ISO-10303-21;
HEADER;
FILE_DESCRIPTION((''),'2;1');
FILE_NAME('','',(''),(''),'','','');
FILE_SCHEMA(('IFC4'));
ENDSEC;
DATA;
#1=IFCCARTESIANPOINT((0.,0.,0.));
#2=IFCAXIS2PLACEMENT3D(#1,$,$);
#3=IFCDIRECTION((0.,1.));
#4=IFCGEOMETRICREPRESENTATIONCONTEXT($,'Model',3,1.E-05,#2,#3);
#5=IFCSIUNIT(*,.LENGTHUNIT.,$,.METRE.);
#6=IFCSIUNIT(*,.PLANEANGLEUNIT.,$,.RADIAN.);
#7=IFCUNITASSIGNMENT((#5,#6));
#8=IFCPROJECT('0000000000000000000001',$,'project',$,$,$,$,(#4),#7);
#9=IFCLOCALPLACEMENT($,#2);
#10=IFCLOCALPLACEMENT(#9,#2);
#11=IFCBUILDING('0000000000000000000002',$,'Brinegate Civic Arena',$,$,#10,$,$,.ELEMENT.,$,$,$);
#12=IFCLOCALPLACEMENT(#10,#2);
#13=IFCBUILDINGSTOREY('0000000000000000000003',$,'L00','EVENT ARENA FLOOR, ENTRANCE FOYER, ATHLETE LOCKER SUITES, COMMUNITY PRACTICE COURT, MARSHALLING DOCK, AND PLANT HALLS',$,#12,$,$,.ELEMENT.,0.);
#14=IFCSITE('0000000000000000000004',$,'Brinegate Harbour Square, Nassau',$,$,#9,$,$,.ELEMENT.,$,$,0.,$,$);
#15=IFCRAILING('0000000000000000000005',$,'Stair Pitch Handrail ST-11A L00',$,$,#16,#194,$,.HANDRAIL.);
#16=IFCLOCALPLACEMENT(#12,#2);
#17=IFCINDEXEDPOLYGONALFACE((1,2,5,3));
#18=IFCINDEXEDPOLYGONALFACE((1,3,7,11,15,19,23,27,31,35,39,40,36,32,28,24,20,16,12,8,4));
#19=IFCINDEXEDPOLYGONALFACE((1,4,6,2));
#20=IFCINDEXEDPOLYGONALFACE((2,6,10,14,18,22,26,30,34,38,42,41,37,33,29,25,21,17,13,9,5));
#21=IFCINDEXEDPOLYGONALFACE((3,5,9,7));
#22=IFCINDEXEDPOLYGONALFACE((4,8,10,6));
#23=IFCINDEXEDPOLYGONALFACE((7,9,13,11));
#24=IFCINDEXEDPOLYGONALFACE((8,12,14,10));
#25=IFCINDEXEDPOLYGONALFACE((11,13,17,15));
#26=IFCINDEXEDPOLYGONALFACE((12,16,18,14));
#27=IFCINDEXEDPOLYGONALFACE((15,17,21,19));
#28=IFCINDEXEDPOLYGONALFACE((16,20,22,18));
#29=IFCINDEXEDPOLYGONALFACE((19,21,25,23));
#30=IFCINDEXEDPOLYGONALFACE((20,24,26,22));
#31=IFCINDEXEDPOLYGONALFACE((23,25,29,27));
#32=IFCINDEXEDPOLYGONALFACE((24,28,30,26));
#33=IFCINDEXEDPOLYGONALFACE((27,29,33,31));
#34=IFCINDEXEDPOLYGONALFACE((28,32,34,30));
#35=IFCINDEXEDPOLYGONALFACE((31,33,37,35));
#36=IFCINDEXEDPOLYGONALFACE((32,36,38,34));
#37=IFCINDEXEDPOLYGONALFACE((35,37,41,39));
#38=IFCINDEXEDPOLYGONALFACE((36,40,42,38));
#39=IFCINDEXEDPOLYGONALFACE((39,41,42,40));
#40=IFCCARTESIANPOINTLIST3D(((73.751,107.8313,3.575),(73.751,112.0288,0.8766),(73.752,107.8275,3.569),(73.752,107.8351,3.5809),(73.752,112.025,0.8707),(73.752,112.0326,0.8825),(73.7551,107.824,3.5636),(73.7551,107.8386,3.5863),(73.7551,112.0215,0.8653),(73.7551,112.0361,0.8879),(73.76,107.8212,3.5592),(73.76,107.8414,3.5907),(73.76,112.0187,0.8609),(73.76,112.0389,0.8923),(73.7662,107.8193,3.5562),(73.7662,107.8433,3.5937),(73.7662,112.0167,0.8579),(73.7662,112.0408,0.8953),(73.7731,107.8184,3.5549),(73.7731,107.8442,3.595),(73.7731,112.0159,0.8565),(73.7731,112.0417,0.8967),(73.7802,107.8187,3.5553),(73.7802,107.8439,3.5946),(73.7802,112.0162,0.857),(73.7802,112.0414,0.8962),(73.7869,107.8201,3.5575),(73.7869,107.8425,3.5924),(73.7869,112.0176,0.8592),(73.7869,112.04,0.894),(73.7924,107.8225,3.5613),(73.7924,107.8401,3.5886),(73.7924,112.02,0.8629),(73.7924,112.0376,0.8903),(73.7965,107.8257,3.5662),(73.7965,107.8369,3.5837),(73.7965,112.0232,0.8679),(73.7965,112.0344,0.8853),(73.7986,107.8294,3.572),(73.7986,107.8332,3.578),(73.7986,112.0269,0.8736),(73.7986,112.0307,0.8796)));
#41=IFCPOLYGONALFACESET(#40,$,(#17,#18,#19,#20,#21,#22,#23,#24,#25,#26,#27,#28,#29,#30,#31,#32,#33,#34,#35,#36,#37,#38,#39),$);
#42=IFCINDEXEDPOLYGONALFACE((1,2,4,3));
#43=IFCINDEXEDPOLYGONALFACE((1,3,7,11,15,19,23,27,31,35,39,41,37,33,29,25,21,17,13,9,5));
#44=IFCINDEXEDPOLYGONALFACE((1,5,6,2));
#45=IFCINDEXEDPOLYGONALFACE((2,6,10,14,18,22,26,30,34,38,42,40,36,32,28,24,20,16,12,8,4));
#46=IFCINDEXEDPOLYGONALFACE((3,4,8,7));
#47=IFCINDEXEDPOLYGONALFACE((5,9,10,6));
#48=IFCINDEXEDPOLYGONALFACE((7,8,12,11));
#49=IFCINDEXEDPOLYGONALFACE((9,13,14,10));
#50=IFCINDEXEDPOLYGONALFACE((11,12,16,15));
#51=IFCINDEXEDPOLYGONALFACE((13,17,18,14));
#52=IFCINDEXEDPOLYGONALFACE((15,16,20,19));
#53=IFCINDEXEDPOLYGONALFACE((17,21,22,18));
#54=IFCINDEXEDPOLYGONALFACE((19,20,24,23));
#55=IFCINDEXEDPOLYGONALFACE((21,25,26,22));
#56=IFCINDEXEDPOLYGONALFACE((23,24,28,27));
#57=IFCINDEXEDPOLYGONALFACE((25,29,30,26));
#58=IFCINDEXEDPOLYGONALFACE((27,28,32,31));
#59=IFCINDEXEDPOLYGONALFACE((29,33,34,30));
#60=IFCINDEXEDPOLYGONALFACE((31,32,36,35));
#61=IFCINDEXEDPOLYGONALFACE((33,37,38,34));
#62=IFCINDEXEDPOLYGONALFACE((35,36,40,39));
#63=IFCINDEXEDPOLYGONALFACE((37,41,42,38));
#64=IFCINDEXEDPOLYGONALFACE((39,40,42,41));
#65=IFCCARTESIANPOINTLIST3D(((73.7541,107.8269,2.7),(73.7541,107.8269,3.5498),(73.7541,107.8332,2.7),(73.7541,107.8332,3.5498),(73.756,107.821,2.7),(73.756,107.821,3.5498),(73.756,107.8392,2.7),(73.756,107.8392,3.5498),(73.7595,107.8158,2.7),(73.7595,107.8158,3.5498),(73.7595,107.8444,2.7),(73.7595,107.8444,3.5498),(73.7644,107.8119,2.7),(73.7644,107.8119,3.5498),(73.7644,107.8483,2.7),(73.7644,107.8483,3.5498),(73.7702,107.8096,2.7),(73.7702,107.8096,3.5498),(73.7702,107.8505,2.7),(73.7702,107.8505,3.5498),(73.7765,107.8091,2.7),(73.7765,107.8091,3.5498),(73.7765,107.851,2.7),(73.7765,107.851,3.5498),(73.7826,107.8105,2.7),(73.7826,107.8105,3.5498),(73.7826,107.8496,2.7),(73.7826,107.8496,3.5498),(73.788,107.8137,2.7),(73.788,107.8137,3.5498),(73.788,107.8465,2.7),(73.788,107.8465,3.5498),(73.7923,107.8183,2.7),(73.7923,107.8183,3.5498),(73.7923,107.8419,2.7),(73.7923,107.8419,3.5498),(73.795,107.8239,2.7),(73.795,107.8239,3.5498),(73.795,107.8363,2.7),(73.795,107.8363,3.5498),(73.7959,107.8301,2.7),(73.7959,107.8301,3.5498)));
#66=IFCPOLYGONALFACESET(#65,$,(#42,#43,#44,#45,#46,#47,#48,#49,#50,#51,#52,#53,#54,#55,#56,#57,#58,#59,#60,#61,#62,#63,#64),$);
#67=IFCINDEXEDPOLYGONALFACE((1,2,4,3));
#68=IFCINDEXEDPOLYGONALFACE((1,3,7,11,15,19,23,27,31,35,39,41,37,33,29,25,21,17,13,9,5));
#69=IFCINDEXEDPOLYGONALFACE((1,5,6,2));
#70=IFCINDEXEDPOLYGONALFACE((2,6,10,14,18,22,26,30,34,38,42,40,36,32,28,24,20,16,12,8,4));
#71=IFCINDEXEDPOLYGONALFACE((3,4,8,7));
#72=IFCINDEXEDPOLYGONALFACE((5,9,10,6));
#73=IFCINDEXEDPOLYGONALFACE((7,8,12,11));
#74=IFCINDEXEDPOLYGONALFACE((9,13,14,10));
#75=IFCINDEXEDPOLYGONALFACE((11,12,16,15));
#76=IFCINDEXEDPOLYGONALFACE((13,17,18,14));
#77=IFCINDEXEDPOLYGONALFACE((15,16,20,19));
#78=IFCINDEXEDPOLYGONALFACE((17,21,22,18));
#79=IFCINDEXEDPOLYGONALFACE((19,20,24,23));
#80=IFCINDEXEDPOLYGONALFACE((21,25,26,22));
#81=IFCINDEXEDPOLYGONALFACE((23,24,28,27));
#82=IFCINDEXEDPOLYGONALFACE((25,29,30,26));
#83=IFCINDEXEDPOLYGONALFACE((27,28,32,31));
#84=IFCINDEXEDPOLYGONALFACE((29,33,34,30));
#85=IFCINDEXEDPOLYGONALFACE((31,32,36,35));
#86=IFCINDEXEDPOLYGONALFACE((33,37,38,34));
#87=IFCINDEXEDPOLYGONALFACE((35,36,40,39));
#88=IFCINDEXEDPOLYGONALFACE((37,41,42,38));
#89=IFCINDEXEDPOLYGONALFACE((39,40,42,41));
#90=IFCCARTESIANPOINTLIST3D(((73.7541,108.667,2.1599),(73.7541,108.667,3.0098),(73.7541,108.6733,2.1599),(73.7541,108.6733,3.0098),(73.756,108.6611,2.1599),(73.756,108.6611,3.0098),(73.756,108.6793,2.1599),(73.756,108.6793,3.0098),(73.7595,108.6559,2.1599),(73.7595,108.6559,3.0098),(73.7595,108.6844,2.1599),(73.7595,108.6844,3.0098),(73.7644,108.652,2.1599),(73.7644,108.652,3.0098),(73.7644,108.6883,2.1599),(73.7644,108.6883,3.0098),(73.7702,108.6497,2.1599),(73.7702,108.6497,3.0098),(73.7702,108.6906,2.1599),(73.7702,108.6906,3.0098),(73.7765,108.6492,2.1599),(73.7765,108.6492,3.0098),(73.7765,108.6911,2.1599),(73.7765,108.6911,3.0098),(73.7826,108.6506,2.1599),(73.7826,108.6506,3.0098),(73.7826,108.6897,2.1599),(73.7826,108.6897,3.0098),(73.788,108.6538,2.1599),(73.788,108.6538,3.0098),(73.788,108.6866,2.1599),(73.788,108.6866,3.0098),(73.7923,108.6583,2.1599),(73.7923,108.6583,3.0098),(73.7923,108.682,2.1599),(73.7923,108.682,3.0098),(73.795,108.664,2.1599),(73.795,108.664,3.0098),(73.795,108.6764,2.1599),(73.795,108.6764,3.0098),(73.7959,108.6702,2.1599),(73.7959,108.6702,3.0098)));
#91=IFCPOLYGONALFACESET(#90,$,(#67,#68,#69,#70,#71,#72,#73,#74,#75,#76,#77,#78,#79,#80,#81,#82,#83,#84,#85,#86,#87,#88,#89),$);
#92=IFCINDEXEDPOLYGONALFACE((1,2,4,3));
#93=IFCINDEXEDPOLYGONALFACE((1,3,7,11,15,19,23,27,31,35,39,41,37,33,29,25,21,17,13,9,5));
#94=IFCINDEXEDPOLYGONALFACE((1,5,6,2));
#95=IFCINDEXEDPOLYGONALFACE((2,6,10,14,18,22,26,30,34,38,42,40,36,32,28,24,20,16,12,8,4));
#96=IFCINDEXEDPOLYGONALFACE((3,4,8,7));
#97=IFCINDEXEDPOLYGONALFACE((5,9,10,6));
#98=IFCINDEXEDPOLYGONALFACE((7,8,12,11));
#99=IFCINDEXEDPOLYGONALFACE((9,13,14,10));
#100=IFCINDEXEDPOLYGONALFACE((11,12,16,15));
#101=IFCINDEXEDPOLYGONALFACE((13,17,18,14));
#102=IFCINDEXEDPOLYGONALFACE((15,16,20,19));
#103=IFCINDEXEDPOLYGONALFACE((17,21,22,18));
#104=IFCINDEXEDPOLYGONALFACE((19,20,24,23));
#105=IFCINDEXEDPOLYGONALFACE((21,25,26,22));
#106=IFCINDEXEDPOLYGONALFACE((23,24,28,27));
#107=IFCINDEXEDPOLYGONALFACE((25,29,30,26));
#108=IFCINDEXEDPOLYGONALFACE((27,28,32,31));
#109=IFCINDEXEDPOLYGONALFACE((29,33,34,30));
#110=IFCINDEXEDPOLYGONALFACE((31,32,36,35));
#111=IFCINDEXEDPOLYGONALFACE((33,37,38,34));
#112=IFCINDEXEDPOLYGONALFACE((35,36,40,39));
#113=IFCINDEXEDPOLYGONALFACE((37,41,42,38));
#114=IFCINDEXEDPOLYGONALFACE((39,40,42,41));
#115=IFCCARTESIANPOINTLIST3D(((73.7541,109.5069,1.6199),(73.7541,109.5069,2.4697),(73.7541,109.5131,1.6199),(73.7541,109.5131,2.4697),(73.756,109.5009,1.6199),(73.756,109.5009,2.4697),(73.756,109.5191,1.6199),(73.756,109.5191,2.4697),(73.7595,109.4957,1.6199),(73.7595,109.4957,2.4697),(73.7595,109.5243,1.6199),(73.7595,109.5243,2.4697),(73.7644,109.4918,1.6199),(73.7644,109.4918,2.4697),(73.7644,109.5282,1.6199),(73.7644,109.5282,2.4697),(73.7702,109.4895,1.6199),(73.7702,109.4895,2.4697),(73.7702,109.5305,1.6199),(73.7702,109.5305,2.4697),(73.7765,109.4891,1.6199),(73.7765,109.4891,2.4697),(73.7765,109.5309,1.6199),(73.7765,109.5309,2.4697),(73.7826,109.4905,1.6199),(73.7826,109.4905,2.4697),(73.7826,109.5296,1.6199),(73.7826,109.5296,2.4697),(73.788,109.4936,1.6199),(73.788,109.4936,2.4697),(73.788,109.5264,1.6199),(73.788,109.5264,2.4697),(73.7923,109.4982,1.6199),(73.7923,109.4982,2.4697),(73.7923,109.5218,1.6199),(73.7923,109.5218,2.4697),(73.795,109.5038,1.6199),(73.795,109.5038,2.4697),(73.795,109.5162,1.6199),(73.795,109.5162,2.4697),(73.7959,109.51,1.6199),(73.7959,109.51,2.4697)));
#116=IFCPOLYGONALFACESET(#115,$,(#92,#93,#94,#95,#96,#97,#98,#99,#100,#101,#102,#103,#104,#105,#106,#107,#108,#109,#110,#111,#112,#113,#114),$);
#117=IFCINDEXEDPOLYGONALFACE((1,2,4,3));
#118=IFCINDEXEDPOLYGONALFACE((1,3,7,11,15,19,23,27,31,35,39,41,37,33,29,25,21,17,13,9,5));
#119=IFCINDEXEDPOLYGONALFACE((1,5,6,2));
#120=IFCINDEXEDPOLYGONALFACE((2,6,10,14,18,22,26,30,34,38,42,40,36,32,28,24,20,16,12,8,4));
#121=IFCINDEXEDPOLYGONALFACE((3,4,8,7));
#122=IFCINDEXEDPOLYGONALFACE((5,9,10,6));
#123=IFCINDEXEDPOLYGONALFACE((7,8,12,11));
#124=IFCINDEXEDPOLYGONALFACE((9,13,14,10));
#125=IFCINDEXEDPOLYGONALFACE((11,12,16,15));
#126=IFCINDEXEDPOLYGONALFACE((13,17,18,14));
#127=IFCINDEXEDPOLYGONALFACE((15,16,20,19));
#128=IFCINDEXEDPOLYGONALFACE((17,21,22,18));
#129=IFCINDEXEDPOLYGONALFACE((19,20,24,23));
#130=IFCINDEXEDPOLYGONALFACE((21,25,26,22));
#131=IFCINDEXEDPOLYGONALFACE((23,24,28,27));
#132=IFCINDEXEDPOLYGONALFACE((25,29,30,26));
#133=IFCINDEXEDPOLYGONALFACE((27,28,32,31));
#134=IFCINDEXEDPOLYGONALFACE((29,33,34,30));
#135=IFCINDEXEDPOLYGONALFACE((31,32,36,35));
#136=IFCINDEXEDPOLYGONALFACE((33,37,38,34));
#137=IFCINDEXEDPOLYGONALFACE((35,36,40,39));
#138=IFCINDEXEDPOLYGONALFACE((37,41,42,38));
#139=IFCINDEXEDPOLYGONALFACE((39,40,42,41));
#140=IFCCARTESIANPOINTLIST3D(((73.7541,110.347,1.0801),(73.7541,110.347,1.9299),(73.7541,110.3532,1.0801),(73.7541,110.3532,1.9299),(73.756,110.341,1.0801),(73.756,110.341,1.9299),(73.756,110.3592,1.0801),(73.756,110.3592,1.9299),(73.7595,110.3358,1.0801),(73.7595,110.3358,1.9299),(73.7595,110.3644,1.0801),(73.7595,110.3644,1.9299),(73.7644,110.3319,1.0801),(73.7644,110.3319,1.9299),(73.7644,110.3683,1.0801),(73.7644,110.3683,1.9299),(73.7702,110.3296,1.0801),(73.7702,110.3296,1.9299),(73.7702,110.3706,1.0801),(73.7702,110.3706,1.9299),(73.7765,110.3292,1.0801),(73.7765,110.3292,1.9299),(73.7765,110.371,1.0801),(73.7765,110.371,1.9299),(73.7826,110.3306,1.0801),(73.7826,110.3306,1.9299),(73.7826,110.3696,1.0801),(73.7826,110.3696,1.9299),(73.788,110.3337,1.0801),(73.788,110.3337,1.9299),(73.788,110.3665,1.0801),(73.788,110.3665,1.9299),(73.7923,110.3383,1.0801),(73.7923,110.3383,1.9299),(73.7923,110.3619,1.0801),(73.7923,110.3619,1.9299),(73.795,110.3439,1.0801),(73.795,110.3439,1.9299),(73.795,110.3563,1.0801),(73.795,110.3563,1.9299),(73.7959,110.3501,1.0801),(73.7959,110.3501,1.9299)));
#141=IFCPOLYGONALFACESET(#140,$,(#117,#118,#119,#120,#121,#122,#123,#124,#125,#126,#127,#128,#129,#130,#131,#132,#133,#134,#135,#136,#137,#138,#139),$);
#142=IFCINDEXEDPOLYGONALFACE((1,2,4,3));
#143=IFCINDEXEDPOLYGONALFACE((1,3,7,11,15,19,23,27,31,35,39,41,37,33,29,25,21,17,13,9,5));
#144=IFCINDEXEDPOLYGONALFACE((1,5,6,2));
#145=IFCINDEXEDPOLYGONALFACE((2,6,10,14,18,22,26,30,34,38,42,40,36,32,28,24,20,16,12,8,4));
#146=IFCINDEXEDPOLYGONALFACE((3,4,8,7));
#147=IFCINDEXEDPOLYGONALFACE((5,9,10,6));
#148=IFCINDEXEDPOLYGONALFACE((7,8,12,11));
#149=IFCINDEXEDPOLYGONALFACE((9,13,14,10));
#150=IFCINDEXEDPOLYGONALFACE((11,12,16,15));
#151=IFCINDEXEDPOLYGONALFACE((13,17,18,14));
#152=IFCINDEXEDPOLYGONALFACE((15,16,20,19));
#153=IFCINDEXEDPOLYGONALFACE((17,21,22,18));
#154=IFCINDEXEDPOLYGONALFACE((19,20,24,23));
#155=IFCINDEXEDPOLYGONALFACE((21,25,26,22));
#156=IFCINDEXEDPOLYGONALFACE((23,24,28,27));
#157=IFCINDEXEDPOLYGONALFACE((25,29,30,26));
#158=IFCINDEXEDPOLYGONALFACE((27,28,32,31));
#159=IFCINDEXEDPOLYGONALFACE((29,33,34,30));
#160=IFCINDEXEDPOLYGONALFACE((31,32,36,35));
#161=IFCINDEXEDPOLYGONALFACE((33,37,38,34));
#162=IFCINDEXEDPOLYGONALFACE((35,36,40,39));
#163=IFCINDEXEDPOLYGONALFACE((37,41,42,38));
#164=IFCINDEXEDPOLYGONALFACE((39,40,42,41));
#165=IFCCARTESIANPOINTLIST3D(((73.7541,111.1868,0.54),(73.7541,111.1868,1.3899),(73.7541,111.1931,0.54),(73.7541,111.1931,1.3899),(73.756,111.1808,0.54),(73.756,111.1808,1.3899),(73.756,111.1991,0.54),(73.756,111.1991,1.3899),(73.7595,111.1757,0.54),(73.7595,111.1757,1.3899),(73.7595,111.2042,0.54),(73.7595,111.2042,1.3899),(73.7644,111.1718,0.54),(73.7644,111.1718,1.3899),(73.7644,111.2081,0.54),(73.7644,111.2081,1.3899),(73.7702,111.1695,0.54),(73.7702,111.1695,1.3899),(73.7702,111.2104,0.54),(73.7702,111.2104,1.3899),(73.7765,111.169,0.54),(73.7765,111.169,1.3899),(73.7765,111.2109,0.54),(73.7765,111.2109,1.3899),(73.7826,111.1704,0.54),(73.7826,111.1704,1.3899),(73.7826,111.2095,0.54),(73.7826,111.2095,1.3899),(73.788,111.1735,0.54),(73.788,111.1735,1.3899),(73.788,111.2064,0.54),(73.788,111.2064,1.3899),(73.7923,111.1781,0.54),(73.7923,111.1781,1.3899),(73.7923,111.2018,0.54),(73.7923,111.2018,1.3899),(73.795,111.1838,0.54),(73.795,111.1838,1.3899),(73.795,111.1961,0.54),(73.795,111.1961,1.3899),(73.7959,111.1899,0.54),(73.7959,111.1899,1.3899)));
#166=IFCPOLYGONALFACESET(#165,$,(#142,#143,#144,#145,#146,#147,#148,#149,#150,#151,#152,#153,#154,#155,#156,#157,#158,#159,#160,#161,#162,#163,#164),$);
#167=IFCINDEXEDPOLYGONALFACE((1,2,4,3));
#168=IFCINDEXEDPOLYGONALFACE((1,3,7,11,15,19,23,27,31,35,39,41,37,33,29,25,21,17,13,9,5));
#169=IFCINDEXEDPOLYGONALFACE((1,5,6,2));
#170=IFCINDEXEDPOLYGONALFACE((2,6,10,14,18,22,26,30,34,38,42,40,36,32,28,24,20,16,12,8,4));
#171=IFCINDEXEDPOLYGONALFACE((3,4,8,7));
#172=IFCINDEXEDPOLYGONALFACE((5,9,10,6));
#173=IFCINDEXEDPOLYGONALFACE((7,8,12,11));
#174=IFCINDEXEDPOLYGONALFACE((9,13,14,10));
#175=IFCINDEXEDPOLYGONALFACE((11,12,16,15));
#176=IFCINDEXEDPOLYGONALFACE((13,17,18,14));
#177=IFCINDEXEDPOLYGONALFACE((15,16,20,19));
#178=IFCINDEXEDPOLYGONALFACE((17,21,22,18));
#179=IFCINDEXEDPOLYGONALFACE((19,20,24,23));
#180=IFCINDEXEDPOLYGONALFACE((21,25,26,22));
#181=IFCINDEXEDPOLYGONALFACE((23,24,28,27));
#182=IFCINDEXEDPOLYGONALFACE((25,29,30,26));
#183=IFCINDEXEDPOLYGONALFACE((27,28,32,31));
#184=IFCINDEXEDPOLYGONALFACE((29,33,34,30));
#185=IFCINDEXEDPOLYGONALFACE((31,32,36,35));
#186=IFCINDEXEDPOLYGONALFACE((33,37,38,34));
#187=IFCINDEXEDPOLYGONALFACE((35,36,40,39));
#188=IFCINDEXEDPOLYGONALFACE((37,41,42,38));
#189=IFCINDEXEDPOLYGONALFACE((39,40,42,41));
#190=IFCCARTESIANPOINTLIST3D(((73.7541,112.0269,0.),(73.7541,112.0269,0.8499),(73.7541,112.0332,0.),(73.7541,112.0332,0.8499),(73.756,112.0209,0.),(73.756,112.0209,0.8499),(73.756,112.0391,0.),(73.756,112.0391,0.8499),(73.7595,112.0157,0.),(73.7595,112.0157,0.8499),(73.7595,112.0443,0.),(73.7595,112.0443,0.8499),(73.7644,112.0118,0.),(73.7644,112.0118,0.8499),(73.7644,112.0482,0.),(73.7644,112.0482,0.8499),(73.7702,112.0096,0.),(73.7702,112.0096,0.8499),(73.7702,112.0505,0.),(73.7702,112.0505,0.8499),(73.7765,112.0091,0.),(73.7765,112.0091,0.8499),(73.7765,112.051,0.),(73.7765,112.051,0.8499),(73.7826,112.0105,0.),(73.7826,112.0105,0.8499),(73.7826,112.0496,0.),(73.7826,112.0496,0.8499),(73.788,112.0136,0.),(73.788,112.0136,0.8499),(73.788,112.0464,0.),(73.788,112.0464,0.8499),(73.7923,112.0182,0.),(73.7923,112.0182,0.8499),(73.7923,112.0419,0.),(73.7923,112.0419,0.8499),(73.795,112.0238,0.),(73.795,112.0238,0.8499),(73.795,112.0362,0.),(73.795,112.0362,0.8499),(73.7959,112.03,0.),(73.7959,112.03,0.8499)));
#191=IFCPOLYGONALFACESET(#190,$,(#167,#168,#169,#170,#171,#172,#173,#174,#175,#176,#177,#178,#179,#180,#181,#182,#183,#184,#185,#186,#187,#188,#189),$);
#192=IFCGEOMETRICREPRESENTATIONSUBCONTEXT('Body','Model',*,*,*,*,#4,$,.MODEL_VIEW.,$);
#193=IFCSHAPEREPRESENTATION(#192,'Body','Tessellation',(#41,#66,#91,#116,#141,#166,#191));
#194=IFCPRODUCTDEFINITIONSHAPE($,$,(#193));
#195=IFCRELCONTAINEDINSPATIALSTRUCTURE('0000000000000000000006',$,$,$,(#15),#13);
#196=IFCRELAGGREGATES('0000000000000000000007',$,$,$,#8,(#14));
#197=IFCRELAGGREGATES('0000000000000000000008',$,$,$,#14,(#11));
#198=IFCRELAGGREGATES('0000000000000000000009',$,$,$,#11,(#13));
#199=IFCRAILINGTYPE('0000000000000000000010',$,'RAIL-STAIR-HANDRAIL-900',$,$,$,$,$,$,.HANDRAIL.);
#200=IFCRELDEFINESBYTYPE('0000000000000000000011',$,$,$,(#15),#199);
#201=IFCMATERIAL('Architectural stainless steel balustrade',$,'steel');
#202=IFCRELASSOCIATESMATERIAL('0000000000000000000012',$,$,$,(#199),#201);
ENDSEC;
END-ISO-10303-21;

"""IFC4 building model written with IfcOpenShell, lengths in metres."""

from ifc_helpers import new_model, si_unit, direction, frame, origin, origin_2d, place, context, subcontext, project, spatial, circle, extrude, material, type_object, element, save


model = new_model("IFC4")

# Units and contexts
model_context = context("Model", 3, precision=1e-05, world=origin(), true_north=direction((0.0, 1.0)))
body_context = subcontext(model_context, "Body", "Model", "MODEL_VIEW")
ifc_project = project(units=[si_unit("LENGTHUNIT", "METRE"), si_unit("PLANEANGLEUNIT", "RADIAN")], contexts=[model_context])

# Site, building, storey
site_placement = place(None, origin())
site = spatial("IfcSite", under=ifc_project, at=site_placement, Name="Brinegate Harbour Square, Nassau", CompositionType="ELEMENT", RefElevation=0.0)
building_placement = place(site_placement, origin())
building = spatial("IfcBuilding", under=site, at=building_placement, Name="Brinegate Civic Arena", CompositionType="ELEMENT")
storey_placement = place(building_placement, origin())
storey = spatial("IfcBuildingStorey", under=building, at=storey_placement, Name="L00", Description="EVENT ARENA FLOOR, ENTRANCE FOYER, ATHLETE LOCKER SUITES, COMMUNITY PRACTICE COURT, MARSHALLING DOCK, AND PLANT HALLS", CompositionType="ELEMENT", Elevation=0.0)

# Railing
ifc_material_1 = material(Name="Architectural stainless steel balustrade", Category="steel")
railing_type = type_object("IfcRailingType", Name="RAIL-STAIR-HANDRAIL-900", PredefinedType="HANDRAIL", material=ifc_material_1)
for number, where, name in (
    (1, (73.7749, 107.8301, 2.7), "Stair Pitch Handrail ST-11A L00"),
):
    element("IfcRailing", number, at=place(storey_placement, frame(where)), inside=storey, type_object=railing_type, Name=name, PredefinedType="HANDRAIL", context=body_context, shape_type="SweptSolid", body=[
        extrude(circle(Radius=0.0239, at=origin_2d()), frame((0.0, 0.0012, 0.875), z_axis=(0.0, 0.84118, -0.540755), x_axis=(-1.0, 0.0, 0.0)), (0.0, 0.0, 1.0), 4.99),
        extrude(circle(Radius=0.021, at=origin_2d()), origin(), (0.0, 0.0, 1.0), 0.8499),
        extrude(circle(Radius=0.021, at=origin_2d()), frame((0.0, 0.8401, -0.54)), (0.0, 0.0, 1.0), 0.8499),
        extrude(circle(Radius=0.021, at=origin_2d()), frame((0.0, 1.6799, -1.0801)), (0.0, 0.0, 1.0), 0.8499),
        extrude(circle(Radius=0.021, at=origin_2d()), frame((0.0, 2.52, -1.6199)), (0.0, 0.0, 1.0), 0.8499),
        extrude(circle(Radius=0.021, at=origin_2d()), frame((0.0, 3.3599, -2.1599)), (0.0, 0.0, 1.0), 0.8499),
        extrude(circle(Radius=0.021, at=origin_2d()), frame((0.0, 4.2, -2.7)), (0.0, 0.0, 1.0), 0.8499),
    ])

save(model, "model.ifc")
